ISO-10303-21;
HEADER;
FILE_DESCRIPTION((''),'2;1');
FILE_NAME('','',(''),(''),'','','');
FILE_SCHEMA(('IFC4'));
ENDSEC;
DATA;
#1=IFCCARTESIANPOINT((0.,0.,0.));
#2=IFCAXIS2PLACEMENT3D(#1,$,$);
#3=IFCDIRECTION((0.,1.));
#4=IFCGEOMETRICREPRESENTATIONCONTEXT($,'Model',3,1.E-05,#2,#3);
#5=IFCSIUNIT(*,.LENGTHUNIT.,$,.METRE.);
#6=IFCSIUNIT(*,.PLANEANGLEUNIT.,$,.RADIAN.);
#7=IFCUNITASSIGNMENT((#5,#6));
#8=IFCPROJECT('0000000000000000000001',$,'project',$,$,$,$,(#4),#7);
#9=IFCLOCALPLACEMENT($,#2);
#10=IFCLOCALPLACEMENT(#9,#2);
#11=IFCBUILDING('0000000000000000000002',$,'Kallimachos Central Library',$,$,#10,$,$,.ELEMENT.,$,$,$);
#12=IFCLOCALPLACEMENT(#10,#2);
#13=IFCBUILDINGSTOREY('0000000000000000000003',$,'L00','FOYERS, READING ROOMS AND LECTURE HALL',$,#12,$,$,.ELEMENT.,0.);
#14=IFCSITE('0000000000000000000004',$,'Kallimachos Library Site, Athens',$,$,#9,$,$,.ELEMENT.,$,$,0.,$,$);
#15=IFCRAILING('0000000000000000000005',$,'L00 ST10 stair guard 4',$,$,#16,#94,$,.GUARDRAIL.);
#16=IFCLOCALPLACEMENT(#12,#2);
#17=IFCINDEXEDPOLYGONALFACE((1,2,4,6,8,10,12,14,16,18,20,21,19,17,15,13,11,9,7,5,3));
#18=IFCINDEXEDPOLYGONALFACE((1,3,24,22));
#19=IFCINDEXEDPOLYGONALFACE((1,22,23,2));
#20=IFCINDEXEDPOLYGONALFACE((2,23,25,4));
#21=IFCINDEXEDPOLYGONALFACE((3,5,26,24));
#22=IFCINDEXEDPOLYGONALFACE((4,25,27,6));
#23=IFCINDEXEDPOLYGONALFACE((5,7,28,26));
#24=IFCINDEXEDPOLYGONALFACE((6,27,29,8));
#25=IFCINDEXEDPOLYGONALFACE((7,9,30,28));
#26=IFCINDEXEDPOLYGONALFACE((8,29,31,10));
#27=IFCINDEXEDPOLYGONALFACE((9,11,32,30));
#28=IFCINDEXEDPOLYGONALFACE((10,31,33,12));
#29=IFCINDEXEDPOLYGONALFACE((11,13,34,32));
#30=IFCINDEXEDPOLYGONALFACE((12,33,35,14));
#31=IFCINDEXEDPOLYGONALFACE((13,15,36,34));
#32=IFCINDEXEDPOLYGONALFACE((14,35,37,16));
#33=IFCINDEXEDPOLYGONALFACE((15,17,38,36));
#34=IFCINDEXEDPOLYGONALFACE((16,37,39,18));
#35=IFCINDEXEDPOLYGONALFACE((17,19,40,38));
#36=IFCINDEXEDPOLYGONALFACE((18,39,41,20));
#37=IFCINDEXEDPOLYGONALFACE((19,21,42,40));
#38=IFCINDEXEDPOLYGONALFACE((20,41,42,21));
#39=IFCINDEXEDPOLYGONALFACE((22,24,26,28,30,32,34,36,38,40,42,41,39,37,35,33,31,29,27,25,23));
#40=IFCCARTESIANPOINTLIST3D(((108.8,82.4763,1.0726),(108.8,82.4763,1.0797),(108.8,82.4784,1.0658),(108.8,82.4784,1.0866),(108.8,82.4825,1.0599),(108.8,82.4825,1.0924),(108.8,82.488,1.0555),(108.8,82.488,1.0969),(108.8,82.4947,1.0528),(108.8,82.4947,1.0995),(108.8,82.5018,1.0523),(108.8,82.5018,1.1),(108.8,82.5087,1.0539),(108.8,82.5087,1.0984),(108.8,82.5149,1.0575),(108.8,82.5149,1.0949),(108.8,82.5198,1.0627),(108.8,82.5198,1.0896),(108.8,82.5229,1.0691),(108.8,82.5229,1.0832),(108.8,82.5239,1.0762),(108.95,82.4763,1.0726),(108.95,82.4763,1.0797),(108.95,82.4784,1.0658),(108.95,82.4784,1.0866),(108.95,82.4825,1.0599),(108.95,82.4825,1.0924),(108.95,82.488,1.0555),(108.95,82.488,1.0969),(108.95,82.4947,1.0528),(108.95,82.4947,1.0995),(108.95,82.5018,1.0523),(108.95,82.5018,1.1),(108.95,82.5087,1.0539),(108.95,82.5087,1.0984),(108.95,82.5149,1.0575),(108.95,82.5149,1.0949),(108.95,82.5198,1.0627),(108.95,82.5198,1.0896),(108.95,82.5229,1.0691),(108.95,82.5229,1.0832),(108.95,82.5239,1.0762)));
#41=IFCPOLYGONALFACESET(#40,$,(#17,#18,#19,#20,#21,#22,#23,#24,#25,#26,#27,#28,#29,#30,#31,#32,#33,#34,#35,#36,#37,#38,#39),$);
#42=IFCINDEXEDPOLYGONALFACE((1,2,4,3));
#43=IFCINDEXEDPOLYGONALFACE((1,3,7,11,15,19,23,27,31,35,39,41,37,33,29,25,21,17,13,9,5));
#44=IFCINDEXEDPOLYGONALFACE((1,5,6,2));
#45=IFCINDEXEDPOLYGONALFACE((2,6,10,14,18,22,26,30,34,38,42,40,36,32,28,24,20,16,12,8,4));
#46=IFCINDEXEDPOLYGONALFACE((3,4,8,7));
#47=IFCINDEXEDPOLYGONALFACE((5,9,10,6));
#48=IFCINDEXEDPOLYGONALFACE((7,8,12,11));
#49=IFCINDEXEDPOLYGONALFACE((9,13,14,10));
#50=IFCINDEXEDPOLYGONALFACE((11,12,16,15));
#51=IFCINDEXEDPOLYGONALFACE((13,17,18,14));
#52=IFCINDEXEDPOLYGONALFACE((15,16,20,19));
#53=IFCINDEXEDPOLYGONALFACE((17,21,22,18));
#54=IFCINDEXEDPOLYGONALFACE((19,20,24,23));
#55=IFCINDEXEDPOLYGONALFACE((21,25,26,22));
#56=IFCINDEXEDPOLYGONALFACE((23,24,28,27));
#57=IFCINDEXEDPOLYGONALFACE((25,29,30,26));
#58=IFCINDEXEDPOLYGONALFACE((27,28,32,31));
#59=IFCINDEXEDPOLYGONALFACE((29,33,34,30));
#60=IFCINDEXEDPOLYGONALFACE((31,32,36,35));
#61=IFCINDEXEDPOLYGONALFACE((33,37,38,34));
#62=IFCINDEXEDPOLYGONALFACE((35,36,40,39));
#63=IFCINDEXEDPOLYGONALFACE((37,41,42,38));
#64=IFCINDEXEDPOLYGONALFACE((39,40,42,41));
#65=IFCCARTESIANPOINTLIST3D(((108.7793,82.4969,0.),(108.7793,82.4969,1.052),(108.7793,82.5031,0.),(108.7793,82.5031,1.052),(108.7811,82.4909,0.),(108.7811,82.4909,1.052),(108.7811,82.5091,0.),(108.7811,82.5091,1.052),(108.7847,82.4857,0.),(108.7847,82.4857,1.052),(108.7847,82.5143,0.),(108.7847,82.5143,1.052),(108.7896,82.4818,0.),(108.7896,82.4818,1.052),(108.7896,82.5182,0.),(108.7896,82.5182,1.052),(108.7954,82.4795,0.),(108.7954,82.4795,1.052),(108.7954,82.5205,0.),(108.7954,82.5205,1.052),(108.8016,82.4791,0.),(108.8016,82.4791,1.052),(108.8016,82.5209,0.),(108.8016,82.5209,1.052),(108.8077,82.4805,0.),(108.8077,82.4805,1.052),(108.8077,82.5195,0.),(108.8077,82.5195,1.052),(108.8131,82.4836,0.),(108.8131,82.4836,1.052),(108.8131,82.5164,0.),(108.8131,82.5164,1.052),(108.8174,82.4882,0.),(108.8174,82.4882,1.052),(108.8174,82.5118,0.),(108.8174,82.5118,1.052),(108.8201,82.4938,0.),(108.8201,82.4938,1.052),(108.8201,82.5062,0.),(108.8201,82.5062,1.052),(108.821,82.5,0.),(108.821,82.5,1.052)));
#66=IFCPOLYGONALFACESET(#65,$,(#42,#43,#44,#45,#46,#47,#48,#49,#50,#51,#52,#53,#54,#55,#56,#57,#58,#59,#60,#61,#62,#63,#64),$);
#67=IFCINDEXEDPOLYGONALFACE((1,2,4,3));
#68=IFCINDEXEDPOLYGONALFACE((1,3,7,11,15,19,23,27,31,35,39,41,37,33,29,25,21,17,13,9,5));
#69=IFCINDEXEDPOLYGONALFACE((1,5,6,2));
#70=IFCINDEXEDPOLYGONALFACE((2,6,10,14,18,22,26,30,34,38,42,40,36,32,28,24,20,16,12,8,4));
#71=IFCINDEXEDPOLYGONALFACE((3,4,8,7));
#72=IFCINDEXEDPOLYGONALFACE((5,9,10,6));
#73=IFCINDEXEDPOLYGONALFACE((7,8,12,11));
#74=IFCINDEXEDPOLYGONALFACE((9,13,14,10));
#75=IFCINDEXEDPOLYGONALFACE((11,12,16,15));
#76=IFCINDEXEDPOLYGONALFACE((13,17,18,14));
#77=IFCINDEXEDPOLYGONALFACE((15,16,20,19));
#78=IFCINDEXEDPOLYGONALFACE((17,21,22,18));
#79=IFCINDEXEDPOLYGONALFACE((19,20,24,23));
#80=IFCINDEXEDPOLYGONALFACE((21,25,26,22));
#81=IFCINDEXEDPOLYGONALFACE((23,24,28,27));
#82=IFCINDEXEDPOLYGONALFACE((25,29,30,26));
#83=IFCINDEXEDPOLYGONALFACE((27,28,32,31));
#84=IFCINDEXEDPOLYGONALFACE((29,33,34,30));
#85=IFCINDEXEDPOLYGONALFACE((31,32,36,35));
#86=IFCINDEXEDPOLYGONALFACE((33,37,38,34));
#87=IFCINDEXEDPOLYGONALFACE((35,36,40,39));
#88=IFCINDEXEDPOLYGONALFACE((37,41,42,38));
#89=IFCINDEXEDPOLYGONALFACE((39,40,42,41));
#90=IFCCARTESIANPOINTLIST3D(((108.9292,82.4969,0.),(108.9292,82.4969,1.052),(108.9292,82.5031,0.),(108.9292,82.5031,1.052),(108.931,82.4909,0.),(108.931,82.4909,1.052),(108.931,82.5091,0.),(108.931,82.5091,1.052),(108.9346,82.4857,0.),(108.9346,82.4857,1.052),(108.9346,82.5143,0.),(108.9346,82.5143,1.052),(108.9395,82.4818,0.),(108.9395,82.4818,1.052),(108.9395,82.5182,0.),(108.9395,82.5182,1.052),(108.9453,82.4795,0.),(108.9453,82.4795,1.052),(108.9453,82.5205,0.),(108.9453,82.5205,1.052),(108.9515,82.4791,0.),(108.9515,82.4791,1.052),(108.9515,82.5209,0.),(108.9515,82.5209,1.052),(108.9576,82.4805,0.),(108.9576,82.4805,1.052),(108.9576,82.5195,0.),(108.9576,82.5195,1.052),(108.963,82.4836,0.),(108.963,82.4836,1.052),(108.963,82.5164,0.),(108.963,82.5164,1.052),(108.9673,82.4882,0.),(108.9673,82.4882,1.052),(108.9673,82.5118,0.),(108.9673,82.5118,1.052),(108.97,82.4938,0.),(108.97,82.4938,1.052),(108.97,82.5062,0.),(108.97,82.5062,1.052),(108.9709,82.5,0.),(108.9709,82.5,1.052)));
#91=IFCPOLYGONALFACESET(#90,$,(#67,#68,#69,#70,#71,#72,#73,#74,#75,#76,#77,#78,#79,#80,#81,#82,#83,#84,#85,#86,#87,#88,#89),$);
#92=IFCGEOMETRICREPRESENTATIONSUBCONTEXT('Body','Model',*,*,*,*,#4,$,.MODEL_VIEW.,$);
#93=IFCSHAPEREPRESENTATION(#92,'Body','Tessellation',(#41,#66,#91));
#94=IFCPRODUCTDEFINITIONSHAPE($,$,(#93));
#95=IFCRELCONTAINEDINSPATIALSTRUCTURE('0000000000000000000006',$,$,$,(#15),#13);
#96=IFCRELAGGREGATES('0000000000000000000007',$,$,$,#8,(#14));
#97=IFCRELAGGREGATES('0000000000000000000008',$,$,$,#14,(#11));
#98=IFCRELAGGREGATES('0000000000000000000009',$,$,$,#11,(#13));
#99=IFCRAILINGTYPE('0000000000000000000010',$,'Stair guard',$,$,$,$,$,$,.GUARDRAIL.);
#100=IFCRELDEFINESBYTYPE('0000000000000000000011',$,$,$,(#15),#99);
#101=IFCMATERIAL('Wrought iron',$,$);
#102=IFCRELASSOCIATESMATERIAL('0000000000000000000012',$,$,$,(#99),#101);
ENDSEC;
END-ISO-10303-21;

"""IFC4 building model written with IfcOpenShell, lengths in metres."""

from ifc_helpers import new_model, si_unit, direction, frame, origin, origin_2d, place, context, subcontext, project, spatial, circle, extrude, material, type_object, element, save


model = new_model("IFC4")

# Units and contexts
model_context = context("Model", 3, precision=1e-05, world=origin(), true_north=direction((0.0, 1.0)))
body_context = subcontext(model_context, "Body", "Model", "MODEL_VIEW")
ifc_project = project(units=[si_unit("LENGTHUNIT", "METRE"), si_unit("PLANEANGLEUNIT", "RADIAN")], contexts=[model_context])

# Site, building, storey
site_placement = place(None, origin())
site = spatial("IfcSite", under=ifc_project, at=site_placement, Name="Kallimachos Library Site, Athens", CompositionType="ELEMENT", RefElevation=0.0)
building_placement = place(site_placement, origin())
building = spatial("IfcBuilding", under=site, at=building_placement, Name="Kallimachos Central Library", CompositionType="ELEMENT")
storey_placement = place(building_placement, origin())
storey = spatial("IfcBuildingStorey", under=building, at=storey_placement, Name="L00", Description="FOYERS, READING ROOMS AND LECTURE HALL", CompositionType="ELEMENT", Elevation=0.0)

# Railing
ifc_material_1 = material(Name="Wrought iron")
railing_type_1 = type_object("IfcRailingType", Name="Stair guard", PredefinedType="GUARDRAIL", material=ifc_material_1)
railing_1_placement = place(storey_placement, frame((108.8, 82.5, 0.0)))
element("IfcRailing", 1, at=railing_1_placement, inside=storey, type_object=railing_type_1, Name="L00 ST10 stair guard 4", PredefinedType="GUARDRAIL", context=body_context, shape_type="SweptSolid", body=[
    extrude(circle(Radius=0.0239, at=origin_2d()), frame((0.0, 0.0, 1.0762), z_axis=(1.0, 0.0, 0.0), x_axis=(0.0, 1.0, 0.0)), (0.0, 0.0, 1.0), 0.1499),
    extrude(circle(Radius=0.021, at=origin_2d()), origin(), (0.0, 0.0, 1.0), 1.052),
    extrude(circle(Radius=0.021, at=origin_2d()), frame((0.1499, 0.0, 0.0)), (0.0, 0.0, 1.0), 1.052),
])

save(model, "model.ifc")
